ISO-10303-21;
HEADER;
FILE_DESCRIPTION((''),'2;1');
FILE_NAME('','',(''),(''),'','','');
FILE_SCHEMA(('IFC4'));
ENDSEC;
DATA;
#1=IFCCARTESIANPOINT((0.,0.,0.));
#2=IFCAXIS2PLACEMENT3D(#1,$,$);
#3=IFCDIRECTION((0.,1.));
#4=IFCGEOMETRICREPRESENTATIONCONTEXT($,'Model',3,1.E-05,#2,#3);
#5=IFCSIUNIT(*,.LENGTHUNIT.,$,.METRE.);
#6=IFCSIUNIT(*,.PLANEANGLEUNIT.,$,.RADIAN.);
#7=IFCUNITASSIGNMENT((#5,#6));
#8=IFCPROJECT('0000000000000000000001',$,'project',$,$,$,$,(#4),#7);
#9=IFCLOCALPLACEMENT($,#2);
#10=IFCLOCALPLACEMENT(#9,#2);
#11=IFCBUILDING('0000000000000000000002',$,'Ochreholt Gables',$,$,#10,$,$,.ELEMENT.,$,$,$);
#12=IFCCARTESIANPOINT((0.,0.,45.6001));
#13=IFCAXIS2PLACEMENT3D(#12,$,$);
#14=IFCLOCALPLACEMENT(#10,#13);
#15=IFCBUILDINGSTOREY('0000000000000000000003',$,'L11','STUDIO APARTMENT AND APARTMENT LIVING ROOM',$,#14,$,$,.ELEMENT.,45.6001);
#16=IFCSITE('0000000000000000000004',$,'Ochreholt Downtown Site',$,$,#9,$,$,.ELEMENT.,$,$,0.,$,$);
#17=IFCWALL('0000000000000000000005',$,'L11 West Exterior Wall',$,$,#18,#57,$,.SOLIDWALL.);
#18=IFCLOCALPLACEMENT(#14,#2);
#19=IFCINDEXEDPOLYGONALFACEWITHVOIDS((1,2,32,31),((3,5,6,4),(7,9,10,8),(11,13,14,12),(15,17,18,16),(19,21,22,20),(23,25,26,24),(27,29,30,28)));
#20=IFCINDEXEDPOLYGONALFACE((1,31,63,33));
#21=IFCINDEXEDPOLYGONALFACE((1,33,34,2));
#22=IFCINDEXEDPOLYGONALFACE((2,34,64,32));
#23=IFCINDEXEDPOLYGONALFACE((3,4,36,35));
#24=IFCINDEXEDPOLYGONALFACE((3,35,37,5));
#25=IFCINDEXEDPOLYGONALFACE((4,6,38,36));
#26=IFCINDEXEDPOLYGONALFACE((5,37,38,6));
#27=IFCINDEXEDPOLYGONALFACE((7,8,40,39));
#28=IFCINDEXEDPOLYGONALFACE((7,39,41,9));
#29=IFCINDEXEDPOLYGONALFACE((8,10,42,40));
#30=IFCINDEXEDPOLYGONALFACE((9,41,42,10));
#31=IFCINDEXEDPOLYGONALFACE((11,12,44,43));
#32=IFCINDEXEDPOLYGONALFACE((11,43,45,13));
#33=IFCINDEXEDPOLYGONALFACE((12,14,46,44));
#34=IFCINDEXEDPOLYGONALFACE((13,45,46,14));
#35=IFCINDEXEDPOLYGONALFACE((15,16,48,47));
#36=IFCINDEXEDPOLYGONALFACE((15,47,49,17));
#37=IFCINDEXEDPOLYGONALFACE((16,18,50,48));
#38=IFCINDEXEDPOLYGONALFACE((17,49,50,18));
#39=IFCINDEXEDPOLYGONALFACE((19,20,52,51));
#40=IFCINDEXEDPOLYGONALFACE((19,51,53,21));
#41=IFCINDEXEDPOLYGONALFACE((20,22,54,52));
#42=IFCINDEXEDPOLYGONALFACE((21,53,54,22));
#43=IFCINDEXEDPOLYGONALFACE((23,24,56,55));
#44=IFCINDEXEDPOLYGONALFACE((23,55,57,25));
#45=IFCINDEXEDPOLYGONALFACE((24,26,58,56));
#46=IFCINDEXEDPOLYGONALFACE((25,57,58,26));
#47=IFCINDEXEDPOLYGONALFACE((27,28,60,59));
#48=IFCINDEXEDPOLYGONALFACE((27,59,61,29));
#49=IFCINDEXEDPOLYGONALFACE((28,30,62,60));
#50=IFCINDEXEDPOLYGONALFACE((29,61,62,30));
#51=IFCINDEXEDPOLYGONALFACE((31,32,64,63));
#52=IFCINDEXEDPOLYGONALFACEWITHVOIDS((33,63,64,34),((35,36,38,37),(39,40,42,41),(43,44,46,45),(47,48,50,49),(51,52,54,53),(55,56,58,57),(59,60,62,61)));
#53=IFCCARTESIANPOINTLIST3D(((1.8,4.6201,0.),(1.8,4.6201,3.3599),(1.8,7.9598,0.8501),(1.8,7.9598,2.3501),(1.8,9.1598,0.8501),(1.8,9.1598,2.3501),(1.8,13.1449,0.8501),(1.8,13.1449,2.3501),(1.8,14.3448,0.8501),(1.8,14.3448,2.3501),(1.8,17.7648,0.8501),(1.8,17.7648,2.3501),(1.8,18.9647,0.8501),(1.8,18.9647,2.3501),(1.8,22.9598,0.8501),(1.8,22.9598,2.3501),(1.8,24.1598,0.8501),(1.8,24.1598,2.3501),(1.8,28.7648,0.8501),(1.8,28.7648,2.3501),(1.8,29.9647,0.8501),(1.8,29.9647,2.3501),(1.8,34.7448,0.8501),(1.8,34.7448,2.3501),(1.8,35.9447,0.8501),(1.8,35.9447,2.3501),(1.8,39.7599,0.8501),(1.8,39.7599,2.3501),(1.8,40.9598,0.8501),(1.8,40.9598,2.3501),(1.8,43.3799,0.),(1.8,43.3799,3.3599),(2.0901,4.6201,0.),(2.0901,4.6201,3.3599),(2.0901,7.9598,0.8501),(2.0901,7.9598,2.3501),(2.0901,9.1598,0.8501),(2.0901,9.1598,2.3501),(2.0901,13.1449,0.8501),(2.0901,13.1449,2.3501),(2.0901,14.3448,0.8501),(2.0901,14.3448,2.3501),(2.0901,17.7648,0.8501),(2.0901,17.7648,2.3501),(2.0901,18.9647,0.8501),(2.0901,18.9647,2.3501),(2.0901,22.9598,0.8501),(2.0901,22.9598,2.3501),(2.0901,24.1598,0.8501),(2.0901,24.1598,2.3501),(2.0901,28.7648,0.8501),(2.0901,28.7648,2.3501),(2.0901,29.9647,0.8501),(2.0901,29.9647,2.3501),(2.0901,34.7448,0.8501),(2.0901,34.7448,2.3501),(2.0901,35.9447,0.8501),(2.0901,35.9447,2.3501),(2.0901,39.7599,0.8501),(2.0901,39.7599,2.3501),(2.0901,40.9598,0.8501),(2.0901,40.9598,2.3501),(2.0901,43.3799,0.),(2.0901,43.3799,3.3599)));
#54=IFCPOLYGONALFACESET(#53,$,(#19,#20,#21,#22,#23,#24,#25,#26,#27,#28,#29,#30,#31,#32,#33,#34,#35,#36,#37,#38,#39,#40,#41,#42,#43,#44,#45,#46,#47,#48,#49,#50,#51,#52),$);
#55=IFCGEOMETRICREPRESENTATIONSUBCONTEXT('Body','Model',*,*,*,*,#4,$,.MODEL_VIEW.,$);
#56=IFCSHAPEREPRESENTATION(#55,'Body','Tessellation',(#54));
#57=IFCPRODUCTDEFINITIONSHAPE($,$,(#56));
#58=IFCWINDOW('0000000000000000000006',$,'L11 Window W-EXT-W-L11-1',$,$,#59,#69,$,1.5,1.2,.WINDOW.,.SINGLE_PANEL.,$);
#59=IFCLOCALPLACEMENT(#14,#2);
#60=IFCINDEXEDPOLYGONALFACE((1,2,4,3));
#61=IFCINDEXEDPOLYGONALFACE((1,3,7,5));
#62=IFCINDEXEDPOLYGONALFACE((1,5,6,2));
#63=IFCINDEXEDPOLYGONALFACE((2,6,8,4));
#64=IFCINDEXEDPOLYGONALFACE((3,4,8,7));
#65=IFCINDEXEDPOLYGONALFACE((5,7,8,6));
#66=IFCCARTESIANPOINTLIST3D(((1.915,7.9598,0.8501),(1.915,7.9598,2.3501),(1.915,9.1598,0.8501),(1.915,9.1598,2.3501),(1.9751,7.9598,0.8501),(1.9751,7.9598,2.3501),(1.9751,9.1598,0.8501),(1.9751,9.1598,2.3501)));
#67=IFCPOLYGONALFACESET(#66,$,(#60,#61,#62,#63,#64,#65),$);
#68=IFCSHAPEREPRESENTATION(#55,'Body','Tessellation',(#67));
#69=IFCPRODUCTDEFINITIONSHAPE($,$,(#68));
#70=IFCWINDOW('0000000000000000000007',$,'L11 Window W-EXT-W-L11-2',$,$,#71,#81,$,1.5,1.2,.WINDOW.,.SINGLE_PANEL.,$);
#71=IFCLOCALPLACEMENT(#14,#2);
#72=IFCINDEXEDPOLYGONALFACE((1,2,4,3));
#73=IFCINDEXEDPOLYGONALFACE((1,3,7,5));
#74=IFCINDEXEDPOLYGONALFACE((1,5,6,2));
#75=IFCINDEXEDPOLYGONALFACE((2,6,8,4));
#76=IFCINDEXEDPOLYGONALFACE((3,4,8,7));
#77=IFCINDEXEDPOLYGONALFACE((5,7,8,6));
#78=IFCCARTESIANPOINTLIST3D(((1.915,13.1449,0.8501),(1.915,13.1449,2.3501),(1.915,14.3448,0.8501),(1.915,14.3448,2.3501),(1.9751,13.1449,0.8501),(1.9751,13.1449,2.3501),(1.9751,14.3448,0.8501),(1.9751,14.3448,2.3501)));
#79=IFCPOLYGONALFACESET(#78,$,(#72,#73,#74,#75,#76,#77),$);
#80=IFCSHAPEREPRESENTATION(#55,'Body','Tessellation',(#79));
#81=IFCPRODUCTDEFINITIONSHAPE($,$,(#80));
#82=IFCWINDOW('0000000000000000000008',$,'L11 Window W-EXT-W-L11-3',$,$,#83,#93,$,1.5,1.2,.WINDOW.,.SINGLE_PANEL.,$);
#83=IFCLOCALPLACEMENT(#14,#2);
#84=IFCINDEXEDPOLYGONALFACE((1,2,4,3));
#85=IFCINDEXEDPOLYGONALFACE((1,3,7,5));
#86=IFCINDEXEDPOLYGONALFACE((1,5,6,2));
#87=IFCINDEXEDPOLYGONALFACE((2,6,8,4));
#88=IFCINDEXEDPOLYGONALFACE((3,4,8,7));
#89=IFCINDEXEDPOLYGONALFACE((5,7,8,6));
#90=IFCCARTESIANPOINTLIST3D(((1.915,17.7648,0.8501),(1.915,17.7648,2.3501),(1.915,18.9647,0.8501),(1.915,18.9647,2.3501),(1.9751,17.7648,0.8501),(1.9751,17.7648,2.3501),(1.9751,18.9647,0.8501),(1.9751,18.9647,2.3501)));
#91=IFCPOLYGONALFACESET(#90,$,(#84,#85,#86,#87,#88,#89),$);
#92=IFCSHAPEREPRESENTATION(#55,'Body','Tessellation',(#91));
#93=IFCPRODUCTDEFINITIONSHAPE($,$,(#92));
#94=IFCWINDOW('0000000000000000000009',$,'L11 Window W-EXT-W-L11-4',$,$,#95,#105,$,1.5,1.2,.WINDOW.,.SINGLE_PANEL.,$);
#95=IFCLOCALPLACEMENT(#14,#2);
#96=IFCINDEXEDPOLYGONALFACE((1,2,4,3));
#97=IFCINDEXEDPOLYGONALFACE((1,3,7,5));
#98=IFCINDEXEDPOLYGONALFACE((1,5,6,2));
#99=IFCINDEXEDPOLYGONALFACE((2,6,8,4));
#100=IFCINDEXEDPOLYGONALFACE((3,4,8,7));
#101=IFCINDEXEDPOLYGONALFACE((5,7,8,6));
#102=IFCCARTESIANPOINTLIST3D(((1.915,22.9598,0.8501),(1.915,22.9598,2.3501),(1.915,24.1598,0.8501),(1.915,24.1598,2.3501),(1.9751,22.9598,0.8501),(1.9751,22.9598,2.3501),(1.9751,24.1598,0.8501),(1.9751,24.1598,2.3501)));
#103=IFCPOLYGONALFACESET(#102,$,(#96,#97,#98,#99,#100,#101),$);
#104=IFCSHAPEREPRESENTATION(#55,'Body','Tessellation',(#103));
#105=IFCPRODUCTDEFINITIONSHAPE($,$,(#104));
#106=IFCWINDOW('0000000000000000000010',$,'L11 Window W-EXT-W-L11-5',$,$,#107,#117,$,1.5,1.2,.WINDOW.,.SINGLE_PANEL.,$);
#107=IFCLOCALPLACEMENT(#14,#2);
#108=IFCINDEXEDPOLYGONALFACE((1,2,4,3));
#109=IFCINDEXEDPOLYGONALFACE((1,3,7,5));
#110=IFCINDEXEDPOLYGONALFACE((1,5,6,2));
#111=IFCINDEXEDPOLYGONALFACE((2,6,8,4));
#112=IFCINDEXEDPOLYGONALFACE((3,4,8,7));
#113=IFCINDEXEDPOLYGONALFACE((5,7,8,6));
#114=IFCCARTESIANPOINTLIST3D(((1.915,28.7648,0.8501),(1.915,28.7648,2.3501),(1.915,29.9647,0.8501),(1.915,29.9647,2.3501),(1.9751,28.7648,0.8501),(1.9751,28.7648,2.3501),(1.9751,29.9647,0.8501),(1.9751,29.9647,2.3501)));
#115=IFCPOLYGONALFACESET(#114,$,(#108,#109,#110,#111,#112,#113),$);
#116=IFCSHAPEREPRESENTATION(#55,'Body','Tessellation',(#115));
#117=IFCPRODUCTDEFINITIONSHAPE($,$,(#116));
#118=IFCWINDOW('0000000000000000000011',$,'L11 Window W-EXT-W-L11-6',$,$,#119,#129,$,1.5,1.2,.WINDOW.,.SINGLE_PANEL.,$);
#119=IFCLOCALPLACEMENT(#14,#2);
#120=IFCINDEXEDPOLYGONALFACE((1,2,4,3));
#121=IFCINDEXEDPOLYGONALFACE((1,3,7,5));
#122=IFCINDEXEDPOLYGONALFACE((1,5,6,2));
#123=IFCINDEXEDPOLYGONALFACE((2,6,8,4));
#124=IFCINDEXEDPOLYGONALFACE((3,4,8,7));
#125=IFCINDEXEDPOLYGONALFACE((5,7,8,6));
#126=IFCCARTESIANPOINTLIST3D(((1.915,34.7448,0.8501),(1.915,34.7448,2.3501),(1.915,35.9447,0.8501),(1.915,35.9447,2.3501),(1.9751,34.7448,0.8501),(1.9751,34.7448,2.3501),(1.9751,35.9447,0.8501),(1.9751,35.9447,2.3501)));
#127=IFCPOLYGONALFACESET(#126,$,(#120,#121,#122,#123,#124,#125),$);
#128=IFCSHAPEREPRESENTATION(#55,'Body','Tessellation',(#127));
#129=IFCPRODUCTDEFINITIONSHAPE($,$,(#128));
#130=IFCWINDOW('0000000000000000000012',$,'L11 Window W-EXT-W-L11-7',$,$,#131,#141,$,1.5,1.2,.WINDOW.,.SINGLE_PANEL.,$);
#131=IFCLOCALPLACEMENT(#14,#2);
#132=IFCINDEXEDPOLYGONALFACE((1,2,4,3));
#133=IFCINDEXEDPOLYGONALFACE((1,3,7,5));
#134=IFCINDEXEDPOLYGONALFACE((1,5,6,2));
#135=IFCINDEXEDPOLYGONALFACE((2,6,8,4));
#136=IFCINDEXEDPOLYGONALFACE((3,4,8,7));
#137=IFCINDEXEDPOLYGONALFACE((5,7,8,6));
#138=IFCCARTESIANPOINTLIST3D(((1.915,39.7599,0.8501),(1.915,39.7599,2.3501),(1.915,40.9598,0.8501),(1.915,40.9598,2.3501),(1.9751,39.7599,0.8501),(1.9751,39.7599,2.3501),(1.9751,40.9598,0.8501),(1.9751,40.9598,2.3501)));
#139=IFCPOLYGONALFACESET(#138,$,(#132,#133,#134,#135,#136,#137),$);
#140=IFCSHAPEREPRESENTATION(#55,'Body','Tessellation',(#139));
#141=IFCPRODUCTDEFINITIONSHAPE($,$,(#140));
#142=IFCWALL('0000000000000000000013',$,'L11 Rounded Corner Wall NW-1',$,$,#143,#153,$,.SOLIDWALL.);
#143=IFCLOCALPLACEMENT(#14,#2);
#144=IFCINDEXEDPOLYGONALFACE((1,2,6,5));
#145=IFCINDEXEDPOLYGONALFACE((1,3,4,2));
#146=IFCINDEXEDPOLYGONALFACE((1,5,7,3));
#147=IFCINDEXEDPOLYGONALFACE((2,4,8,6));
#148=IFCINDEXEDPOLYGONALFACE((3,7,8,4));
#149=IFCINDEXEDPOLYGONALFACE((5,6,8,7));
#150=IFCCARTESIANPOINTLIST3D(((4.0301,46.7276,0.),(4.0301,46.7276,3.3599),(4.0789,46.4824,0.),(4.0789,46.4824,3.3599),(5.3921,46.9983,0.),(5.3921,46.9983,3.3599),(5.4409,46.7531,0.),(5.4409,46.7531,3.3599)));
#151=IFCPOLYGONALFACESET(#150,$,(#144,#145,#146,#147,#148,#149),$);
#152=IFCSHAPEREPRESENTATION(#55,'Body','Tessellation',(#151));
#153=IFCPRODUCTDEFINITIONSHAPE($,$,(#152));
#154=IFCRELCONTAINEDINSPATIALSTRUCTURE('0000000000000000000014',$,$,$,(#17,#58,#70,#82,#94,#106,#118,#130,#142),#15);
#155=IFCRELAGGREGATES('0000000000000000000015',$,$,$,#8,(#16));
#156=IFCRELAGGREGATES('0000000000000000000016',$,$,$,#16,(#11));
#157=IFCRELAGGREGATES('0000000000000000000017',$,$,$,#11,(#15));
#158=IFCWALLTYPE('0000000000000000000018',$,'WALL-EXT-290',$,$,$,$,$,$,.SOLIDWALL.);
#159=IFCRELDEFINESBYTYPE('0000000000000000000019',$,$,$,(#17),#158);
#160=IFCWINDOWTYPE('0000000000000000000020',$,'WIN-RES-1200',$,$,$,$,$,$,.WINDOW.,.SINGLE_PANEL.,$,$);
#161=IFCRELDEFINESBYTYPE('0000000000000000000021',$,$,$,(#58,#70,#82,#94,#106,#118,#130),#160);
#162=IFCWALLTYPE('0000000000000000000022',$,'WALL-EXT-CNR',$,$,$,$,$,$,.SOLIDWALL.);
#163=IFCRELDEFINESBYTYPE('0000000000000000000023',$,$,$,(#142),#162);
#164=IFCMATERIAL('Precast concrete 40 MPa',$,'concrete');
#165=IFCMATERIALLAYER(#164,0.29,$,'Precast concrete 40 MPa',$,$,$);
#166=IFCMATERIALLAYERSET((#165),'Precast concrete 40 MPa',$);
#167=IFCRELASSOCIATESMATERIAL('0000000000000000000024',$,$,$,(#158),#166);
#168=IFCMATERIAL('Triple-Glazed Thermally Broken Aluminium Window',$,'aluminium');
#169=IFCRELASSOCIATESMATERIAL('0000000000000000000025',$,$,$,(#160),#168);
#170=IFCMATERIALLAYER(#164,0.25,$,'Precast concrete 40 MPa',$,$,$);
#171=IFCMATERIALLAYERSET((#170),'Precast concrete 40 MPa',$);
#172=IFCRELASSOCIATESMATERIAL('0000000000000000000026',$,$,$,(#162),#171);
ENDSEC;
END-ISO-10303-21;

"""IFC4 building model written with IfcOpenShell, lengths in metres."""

from ifc_helpers import new_model, si_unit, direction, frame, frame_2d, origin, place, context, subcontext, project, spatial, rectangle, extrude, material, layer, layer_set, type_object, element, fill, save


model = new_model("IFC4")

# Units and contexts
model_context = context("Model", 3, precision=1e-05, world=origin(), true_north=direction((0.0, 1.0)))
body_context = subcontext(model_context, "Body", "Model", "MODEL_VIEW")
ifc_project = project(units=[si_unit("LENGTHUNIT", "METRE"), si_unit("PLANEANGLEUNIT", "RADIAN")], contexts=[model_context])

# Site, building, storey
site_placement = place(None, origin())
site = spatial("IfcSite", under=ifc_project, at=site_placement, Name="Ochreholt Downtown Site", CompositionType="ELEMENT", RefElevation=0.0)
building_placement = place(site_placement, origin())
building = spatial("IfcBuilding", under=site, at=building_placement, Name="Ochreholt Gables", CompositionType="ELEMENT")
storey_placement = place(building_placement, frame((0.0, 0.0, 45.6001)))
storey = spatial("IfcBuildingStorey", under=building, at=storey_placement, Name="L11", Description="STUDIO APARTMENT AND APARTMENT LIVING ROOM", CompositionType="ELEMENT", Elevation=45.6001)

# Wall, openings, windows
ifc_material_1 = material(Name="Precast concrete 40 MPa", Category="concrete")
ifc_layer_1 = layer(ifc_material_1, 0.29, Name="Precast concrete 40 MPa")
ifc_layer_set_1 = layer_set([ifc_layer_1], Name="Precast concrete 40 MPa")
wall_type_1 = type_object("IfcWallType", Name="WALL-EXT-290", PredefinedType="SOLIDWALL", material=ifc_layer_set_1)
wall_1_placement = place(storey_placement, frame((1.9451, 43.3799, 0.0), z_axis=(0.0, 0.0, 1.0), x_axis=(0.0, -1.0, 0.0)))
wall_1 = element("IfcWall", 1, at=wall_1_placement, inside=storey, type_object=wall_type_1, Name="L11 West Exterior Wall", PredefinedType="SOLIDWALL", context=body_context, shape_type="SweptSolid", body=[
    extrude(rectangle(XDim=38.7598, YDim=0.29, at=frame_2d((19.3799, 0.0))), origin(), (0.0, 0.0, 1.0), 3.3599),
])
opening_1_placement = place(wall_1_placement, frame((34.22, 0.0, 0.8501)))
opening_1 = element("IfcOpeningElement", 2, at=opening_1_placement, cuts=wall_1, PredefinedType="OPENING", context=body_context, shape_type="SweptSolid", body=[
    extrude(rectangle(XDim=1.2, YDim=1.5, at=frame_2d((0.6001, 0.75))), frame((0.0, 0.155, 0.0), z_axis=(0.0, -1.0, 0.0), x_axis=(1.0, 0.0, 0.0)), (0.0, 0.0, 1.0), 0.3101),
])
opening_2_placement = place(wall_1_placement, frame((29.0349, 0.0, 0.8501)))
opening_2 = element("IfcOpeningElement", 3, at=opening_2_placement, cuts=wall_1, PredefinedType="OPENING", context=body_context, shape_type="SweptSolid", body=[
    extrude(rectangle(XDim=1.2, YDim=1.5, at=frame_2d((0.6001, 0.75))), frame((0.0, 0.155, 0.0), z_axis=(0.0, -1.0, 0.0), x_axis=(1.0, 0.0, 0.0)), (0.0, 0.0, 1.0), 0.3101),
])
opening_3_placement = place(wall_1_placement, frame((24.415, 0.0, 0.8501)))
opening_3 = element("IfcOpeningElement", 4, at=opening_3_placement, cuts=wall_1, PredefinedType="OPENING", context=body_context, shape_type="SweptSolid", body=[
    extrude(rectangle(XDim=1.2, YDim=1.5, at=frame_2d((0.6001, 0.75))), frame((0.0, 0.155, 0.0), z_axis=(0.0, -1.0, 0.0), x_axis=(1.0, 0.0, 0.0)), (0.0, 0.0, 1.0), 0.3101),
])
opening_4_placement = place(wall_1_placement, frame((19.22, 0.0, 0.8501)))
opening_4 = element("IfcOpeningElement", 5, at=opening_4_placement, cuts=wall_1, PredefinedType="OPENING", context=body_context, shape_type="SweptSolid", body=[
    extrude(rectangle(XDim=1.2, YDim=1.5, at=frame_2d((0.6001, 0.75))), frame((0.0, 0.155, 0.0), z_axis=(0.0, -1.0, 0.0), x_axis=(1.0, 0.0, 0.0)), (0.0, 0.0, 1.0), 0.3101),
])
opening_5_placement = place(wall_1_placement, frame((13.415, 0.0, 0.8501)))
opening_5 = element("IfcOpeningElement", 6, at=opening_5_placement, cuts=wall_1, PredefinedType="OPENING", context=body_context, shape_type="SweptSolid", body=[
    extrude(rectangle(XDim=1.2, YDim=1.5, at=frame_2d((0.6001, 0.75))), frame((0.0, 0.155, 0.0), z_axis=(0.0, -1.0, 0.0), x_axis=(1.0, 0.0, 0.0)), (0.0, 0.0, 1.0), 0.3101),
])
opening_6_placement = place(wall_1_placement, frame((7.4351, 0.0, 0.8501)))
opening_6 = element("IfcOpeningElement", 7, at=opening_6_placement, cuts=wall_1, PredefinedType="OPENING", context=body_context, shape_type="SweptSolid", body=[
    extrude(rectangle(XDim=1.2, YDim=1.5, at=frame_2d((0.6001, 0.75))), frame((0.0, 0.155, 0.0), z_axis=(0.0, -1.0, 0.0), x_axis=(1.0, 0.0, 0.0)), (0.0, 0.0, 1.0), 0.3101),
])
opening_7_placement = place(wall_1_placement, frame((2.4199, 0.0, 0.8501)))
opening_7 = element("IfcOpeningElement", 8, at=opening_7_placement, cuts=wall_1, PredefinedType="OPENING", context=body_context, shape_type="SweptSolid", body=[
    extrude(rectangle(XDim=1.2, YDim=1.5, at=frame_2d((0.6001, 0.75))), frame((0.0, 0.155, 0.0), z_axis=(0.0, -1.0, 0.0), x_axis=(1.0, 0.0, 0.0)), (0.0, 0.0, 1.0), 0.3101),
])
ifc_material_2 = material(Name="Triple-Glazed Thermally Broken Aluminium Window", Category="aluminium")
window_type = type_object("IfcWindowType", Name="WIN-RES-1200", PartitioningType="SINGLE_PANEL", PredefinedType="WINDOW", material=ifc_material_2)
window_1_placement = place(opening_1_placement, origin())
window_1 = element("IfcWindow", 9, at=window_1_placement, inside=storey, type_object=window_type, Name="L11 Window W-EXT-W-L11-1", OverallHeight=1.5, OverallWidth=1.2, PartitioningType="SINGLE_PANEL", PredefinedType="WINDOW", context=body_context, shape_type="SweptSolid", body=[
    extrude(rectangle(XDim=1.2, YDim=1.5, at=frame_2d((0.6001, 0.75))), frame((0.0, 0.03, 0.0), z_axis=(0.0, -1.0, 0.0), x_axis=(1.0, 0.0, 0.0)), (0.0, 0.0, 1.0), 0.0601),
])
fill(opening_1, window_1)
window_2_placement = place(opening_2_placement, origin())
window_2 = element("IfcWindow", 10, at=window_2_placement, inside=storey, type_object=window_type, Name="L11 Window W-EXT-W-L11-2", OverallHeight=1.5, OverallWidth=1.2, PartitioningType="SINGLE_PANEL", PredefinedType="WINDOW", context=body_context, shape_type="SweptSolid", body=[
    extrude(rectangle(XDim=1.2, YDim=1.5, at=frame_2d((0.6001, 0.75))), frame((0.0, 0.03, 0.0), z_axis=(0.0, -1.0, 0.0), x_axis=(1.0, 0.0, 0.0)), (0.0, 0.0, 1.0), 0.0601),
])
fill(opening_2, window_2)
window_3_placement = place(opening_3_placement, origin())
window_3 = element("IfcWindow", 11, at=window_3_placement, inside=storey, type_object=window_type, Name="L11 Window W-EXT-W-L11-3", OverallHeight=1.5, OverallWidth=1.2, PartitioningType="SINGLE_PANEL", PredefinedType="WINDOW", context=body_context, shape_type="SweptSolid", body=[
    extrude(rectangle(XDim=1.2, YDim=1.5, at=frame_2d((0.6001, 0.75))), frame((0.0, 0.03, 0.0), z_axis=(0.0, -1.0, 0.0), x_axis=(1.0, 0.0, 0.0)), (0.0, 0.0, 1.0), 0.0601),
])
fill(opening_3, window_3)
window_4_placement = place(opening_4_placement, origin())
window_4 = element("IfcWindow", 12, at=window_4_placement, inside=storey, type_object=window_type, Name="L11 Window W-EXT-W-L11-4", OverallHeight=1.5, OverallWidth=1.2, PartitioningType="SINGLE_PANEL", PredefinedType="WINDOW", context=body_context, shape_type="SweptSolid", body=[
    extrude(rectangle(XDim=1.2, YDim=1.5, at=frame_2d((0.6001, 0.75))), frame((0.0, 0.03, 0.0), z_axis=(0.0, -1.0, 0.0), x_axis=(1.0, 0.0, 0.0)), (0.0, 0.0, 1.0), 0.0601),
])
fill(opening_4, window_4)
window_5_placement = place(opening_5_placement, origin())
window_5 = element("IfcWindow", 13, at=window_5_placement, inside=storey, type_object=window_type, Name="L11 Window W-EXT-W-L11-5", OverallHeight=1.5, OverallWidth=1.2, PartitioningType="SINGLE_PANEL", PredefinedType="WINDOW", context=body_context, shape_type="SweptSolid", body=[
    extrude(rectangle(XDim=1.2, YDim=1.5, at=frame_2d((0.6001, 0.75))), frame((0.0, 0.03, 0.0), z_axis=(0.0, -1.0, 0.0), x_axis=(1.0, 0.0, 0.0)), (0.0, 0.0, 1.0), 0.0601),
])
fill(opening_5, window_5)
window_6_placement = place(opening_6_placement, origin())
window_6 = element("IfcWindow", 14, at=window_6_placement, inside=storey, type_object=window_type, Name="L11 Window W-EXT-W-L11-6", OverallHeight=1.5, OverallWidth=1.2, PartitioningType="SINGLE_PANEL", PredefinedType="WINDOW", context=body_context, shape_type="SweptSolid", body=[
    extrude(rectangle(XDim=1.2, YDim=1.5, at=frame_2d((0.6001, 0.75))), frame((0.0, 0.03, 0.0), z_axis=(0.0, -1.0, 0.0), x_axis=(1.0, 0.0, 0.0)), (0.0, 0.0, 1.0), 0.0601),
])
fill(opening_6, window_6)
window_7_placement = place(opening_7_placement, origin())
window_7 = element("IfcWindow", 15, at=window_7_placement, inside=storey, type_object=window_type, Name="L11 Window W-EXT-W-L11-7", OverallHeight=1.5, OverallWidth=1.2, PartitioningType="SINGLE_PANEL", PredefinedType="WINDOW", context=body_context, shape_type="SweptSolid", body=[
    extrude(rectangle(XDim=1.2, YDim=1.5, at=frame_2d((0.6001, 0.75))), frame((0.0, 0.03, 0.0), z_axis=(0.0, -1.0, 0.0), x_axis=(1.0, 0.0, 0.0)), (0.0, 0.0, 1.0), 0.0601),
])
fill(opening_7, window_7)

# Wall
ifc_layer_2 = layer(ifc_material_1, 0.25, Name="Precast concrete 40 MPa")
ifc_layer_set_2 = layer_set([ifc_layer_2], Name="Precast concrete 40 MPa")
wall_type_2 = type_object("IfcWallType", Name="WALL-EXT-CNR", PredefinedType="SOLIDWALL", material=ifc_layer_set_2)
wall_2_placement = place(storey_placement, frame((5.4165, 46.8757, 0.0), z_axis=(0.0, 0.0, 1.0), x_axis=(-0.98081, -0.194967, 0.0)))
element("IfcWall", 16, at=wall_2_placement, inside=storey, type_object=wall_type_2, Name="L11 Rounded Corner Wall NW-1", PredefinedType="SOLIDWALL", context=body_context, shape_type="SweptSolid", body=[
    extrude(rectangle(XDim=1.3887, YDim=0.25, at=frame_2d((0.6943, 0.0))), origin(), (0.0, 0.0, 1.0), 3.3599),
])

save(model, "model.ifc")
